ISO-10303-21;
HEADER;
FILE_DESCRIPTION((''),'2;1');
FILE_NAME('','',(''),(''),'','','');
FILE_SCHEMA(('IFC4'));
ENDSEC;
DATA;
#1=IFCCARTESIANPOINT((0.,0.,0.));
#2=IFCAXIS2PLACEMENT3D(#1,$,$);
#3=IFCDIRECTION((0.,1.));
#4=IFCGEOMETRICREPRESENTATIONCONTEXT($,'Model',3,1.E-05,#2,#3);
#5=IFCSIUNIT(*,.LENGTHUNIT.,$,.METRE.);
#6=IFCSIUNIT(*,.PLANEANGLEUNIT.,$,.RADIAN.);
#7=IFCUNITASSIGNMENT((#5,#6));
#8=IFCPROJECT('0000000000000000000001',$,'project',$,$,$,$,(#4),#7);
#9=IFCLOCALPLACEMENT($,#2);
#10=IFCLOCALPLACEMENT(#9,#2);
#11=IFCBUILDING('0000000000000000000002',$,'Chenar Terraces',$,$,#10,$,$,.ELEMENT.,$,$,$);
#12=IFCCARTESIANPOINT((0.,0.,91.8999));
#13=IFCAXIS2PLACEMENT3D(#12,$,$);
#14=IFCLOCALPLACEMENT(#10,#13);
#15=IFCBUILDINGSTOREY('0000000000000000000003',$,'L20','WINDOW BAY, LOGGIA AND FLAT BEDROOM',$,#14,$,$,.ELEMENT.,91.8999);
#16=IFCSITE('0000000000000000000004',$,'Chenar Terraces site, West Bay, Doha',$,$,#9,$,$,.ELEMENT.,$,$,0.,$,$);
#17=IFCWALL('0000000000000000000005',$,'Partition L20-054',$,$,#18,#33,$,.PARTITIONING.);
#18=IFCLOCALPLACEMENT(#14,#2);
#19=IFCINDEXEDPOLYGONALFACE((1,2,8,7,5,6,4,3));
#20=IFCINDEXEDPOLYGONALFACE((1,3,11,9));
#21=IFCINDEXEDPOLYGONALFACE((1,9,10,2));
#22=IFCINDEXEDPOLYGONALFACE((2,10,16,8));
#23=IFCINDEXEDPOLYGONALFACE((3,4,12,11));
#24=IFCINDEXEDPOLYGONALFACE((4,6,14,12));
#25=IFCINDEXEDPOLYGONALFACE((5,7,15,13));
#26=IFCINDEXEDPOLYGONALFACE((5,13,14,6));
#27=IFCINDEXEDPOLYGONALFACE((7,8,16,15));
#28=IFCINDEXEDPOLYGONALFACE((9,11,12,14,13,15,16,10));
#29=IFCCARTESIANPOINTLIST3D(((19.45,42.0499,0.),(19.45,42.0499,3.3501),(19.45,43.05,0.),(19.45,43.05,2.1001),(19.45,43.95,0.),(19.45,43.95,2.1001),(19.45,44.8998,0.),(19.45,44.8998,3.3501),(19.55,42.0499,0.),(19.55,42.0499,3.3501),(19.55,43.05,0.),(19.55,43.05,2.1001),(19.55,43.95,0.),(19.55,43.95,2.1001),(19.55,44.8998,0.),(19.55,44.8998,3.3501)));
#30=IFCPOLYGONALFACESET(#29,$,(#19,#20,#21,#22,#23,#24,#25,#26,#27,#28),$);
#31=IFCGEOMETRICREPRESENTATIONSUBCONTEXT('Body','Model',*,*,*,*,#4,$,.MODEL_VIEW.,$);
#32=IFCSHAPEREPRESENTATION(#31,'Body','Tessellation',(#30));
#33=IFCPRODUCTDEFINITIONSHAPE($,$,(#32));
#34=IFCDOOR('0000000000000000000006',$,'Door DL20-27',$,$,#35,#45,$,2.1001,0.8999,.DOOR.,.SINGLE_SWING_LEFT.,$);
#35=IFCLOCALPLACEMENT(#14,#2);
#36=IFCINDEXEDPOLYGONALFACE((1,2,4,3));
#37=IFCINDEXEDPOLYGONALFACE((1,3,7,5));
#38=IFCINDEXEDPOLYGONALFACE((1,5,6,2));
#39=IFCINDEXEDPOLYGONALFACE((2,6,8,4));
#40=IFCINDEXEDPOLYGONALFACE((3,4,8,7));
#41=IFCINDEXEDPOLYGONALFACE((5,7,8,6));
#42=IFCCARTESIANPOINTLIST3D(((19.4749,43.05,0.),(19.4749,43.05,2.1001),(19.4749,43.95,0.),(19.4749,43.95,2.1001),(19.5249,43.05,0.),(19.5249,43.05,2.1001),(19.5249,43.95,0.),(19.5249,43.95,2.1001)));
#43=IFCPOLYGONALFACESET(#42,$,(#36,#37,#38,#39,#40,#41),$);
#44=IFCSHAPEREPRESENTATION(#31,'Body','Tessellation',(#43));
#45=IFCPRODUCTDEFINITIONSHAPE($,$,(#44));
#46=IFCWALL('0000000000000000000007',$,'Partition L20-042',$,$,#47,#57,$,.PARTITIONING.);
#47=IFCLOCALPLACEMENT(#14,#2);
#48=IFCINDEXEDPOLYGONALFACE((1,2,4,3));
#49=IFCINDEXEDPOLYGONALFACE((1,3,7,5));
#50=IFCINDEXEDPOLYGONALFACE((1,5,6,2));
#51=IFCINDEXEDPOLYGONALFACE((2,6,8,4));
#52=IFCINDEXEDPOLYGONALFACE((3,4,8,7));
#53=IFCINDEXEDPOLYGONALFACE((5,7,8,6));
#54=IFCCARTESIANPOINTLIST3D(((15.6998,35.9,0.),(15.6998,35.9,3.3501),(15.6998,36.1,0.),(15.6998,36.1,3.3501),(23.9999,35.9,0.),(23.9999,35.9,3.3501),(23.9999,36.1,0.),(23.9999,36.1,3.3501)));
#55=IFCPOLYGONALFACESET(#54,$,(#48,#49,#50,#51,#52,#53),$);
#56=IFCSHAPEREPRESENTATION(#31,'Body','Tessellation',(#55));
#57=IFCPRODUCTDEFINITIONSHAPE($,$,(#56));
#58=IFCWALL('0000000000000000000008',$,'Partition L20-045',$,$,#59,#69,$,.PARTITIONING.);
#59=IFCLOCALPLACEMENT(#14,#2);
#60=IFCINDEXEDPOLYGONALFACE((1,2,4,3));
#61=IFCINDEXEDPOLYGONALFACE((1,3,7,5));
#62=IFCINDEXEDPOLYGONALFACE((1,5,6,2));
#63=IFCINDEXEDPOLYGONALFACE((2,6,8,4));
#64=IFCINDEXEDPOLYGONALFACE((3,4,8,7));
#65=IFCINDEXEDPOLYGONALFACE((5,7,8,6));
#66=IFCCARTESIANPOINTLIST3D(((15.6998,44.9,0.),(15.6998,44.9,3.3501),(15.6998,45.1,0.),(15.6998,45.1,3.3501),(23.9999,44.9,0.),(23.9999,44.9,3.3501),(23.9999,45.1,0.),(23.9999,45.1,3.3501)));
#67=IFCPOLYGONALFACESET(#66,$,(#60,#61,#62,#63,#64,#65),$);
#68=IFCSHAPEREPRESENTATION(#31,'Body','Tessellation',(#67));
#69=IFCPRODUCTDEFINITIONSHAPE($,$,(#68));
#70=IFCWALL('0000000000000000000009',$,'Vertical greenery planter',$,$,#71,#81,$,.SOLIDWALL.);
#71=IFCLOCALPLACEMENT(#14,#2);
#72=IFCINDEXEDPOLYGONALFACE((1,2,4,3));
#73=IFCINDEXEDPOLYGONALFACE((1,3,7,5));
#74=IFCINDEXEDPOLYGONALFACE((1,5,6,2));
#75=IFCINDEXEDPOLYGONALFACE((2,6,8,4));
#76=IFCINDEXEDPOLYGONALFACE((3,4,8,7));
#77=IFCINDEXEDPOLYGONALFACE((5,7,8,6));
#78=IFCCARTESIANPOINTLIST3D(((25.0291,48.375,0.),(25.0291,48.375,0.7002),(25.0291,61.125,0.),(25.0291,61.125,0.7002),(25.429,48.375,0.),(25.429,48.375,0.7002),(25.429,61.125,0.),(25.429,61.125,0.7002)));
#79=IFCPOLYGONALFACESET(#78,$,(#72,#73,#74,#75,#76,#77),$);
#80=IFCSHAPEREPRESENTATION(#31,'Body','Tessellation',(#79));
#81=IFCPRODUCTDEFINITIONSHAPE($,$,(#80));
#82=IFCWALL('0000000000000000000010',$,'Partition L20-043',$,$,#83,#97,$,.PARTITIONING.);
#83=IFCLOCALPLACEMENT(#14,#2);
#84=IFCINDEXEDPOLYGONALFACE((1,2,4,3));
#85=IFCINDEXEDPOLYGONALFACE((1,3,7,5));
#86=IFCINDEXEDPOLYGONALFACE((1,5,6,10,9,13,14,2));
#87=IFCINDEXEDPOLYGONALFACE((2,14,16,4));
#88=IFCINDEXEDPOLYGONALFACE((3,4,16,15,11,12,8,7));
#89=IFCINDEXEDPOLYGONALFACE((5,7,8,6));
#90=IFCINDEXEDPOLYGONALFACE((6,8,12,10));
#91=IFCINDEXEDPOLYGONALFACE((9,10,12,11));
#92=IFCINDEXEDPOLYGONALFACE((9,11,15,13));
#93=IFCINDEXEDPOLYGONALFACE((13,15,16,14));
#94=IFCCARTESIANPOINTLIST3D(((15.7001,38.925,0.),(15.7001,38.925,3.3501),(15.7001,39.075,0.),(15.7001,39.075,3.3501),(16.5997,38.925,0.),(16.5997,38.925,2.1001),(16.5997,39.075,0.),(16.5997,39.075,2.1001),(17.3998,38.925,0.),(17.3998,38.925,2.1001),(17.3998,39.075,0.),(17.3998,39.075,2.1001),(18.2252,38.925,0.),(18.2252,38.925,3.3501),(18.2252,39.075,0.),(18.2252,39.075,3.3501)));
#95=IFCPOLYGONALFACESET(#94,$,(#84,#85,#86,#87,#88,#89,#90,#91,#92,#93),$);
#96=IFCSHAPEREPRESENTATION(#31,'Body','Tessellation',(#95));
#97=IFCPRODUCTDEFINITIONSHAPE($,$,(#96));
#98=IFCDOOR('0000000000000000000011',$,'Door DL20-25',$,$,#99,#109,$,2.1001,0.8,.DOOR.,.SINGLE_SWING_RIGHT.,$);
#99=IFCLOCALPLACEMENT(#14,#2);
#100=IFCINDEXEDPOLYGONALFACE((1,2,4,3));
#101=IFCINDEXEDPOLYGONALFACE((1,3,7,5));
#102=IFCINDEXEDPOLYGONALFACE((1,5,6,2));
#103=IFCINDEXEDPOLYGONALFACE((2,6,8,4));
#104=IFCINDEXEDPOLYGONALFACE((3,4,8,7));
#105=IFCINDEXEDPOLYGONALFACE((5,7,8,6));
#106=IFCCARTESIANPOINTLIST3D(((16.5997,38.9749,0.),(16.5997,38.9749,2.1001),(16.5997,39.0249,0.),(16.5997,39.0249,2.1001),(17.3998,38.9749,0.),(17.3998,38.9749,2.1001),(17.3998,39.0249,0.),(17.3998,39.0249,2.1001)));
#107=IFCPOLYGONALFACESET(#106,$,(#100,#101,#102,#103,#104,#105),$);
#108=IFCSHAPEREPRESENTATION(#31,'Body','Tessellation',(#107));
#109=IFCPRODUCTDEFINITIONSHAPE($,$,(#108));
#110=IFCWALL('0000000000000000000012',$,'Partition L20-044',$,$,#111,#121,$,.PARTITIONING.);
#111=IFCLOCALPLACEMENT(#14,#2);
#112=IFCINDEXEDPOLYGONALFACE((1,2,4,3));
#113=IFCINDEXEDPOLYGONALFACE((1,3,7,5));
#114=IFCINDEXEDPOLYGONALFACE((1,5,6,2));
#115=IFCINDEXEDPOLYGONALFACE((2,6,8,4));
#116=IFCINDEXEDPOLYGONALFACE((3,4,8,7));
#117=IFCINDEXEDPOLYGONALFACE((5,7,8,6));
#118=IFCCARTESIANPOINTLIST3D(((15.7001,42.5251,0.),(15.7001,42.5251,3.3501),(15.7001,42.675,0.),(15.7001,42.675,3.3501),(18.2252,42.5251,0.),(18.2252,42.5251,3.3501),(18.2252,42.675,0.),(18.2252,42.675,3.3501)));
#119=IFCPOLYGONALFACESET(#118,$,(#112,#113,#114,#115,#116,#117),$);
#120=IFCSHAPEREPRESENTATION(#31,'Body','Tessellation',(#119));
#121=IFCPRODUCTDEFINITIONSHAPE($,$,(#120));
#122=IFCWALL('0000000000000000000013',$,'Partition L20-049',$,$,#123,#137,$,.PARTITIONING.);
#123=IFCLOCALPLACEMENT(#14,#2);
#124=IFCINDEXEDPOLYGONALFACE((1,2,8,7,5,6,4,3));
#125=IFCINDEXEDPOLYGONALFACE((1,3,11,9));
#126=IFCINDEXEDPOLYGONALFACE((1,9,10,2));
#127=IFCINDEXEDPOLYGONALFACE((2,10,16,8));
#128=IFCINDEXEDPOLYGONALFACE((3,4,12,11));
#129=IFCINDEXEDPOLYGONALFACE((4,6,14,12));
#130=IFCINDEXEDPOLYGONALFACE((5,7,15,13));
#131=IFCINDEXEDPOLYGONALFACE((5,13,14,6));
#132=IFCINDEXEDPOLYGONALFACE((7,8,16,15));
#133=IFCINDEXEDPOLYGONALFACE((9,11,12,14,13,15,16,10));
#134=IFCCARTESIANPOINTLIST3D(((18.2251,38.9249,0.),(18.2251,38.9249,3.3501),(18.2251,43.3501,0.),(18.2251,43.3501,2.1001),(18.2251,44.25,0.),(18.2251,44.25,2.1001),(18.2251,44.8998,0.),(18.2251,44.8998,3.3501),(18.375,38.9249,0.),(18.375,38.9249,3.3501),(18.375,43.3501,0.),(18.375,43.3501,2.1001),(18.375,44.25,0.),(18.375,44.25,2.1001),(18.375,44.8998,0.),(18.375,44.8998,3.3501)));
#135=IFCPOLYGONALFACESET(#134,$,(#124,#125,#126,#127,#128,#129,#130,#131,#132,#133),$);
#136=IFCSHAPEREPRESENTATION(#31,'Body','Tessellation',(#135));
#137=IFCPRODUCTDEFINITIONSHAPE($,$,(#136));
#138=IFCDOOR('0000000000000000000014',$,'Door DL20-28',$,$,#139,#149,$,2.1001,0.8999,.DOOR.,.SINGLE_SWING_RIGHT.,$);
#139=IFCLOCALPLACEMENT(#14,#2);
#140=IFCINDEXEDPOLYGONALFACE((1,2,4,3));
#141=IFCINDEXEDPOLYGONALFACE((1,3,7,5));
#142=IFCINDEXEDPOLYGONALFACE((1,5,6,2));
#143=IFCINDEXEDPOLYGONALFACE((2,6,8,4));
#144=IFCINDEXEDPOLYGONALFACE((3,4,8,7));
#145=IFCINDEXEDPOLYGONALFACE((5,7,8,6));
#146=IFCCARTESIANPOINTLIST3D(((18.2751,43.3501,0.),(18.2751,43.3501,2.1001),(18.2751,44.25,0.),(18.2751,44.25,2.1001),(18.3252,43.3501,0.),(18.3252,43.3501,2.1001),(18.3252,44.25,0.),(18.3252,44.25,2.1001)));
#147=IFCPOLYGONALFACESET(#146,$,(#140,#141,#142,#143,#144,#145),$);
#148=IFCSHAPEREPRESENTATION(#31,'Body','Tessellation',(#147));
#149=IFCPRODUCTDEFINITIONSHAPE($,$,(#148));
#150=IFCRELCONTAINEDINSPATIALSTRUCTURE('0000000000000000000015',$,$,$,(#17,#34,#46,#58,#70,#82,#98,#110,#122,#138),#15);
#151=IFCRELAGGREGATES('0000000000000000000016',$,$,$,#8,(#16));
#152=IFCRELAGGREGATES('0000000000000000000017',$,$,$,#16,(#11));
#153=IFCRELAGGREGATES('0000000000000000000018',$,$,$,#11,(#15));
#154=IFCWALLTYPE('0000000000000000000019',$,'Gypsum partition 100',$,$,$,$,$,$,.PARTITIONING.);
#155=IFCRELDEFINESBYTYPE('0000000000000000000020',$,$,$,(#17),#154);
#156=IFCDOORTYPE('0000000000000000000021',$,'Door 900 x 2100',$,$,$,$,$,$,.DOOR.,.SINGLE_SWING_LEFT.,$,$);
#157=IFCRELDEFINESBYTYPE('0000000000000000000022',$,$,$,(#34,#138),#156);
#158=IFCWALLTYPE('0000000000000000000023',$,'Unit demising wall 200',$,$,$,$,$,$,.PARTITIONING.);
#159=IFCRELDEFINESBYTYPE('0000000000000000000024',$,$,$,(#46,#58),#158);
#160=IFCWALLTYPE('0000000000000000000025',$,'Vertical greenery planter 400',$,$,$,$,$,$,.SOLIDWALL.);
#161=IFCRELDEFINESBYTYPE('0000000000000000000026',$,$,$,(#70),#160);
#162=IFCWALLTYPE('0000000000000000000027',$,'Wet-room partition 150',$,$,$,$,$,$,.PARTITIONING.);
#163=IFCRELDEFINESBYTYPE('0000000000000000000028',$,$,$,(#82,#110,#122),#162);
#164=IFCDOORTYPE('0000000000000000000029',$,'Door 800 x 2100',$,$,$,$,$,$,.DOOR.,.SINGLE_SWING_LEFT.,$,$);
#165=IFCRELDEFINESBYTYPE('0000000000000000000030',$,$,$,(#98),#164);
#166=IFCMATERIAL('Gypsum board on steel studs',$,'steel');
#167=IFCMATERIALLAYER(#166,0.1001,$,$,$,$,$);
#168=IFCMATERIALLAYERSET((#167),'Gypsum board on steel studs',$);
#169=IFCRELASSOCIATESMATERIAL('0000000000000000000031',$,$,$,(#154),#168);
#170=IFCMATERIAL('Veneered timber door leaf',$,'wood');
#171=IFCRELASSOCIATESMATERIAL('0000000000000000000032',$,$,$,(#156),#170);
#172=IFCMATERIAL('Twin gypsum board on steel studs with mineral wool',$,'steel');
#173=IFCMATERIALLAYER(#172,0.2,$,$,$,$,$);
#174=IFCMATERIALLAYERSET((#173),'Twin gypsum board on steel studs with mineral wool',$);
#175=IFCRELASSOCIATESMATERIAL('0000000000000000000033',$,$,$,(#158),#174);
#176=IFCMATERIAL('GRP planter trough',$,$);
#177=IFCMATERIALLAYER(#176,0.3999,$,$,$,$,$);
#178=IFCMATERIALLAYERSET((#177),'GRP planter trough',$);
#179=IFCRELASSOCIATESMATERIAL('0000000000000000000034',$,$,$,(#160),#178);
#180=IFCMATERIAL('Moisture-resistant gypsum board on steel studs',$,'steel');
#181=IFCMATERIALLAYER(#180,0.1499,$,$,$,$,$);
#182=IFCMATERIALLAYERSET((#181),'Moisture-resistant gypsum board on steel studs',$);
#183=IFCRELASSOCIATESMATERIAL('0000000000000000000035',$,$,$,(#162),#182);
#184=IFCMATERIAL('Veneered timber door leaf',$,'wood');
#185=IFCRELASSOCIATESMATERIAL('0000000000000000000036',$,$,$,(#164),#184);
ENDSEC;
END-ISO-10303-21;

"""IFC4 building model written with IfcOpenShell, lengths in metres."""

from ifc_helpers import new_model, si_unit, direction, frame, frame_2d, origin, place, context, subcontext, project, spatial, rectangle, extrude, material, layer, layer_set, type_object, element, fill, save


model = new_model("IFC4")

# Units and contexts
model_context = context("Model", 3, precision=1e-05, world=origin(), true_north=direction((0.0, 1.0)))
body_context = subcontext(model_context, "Body", "Model", "MODEL_VIEW")
ifc_project = project(units=[si_unit("LENGTHUNIT", "METRE"), si_unit("PLANEANGLEUNIT", "RADIAN")], contexts=[model_context])

# Site, building, storey
site_placement = place(None, origin())
site = spatial("IfcSite", under=ifc_project, at=site_placement, Name="Chenar Terraces site, West Bay, Doha", CompositionType="ELEMENT", RefElevation=0.0)
building_placement = place(site_placement, origin())
building = spatial("IfcBuilding", under=site, at=building_placement, Name="Chenar Terraces", CompositionType="ELEMENT")
storey_placement = place(building_placement, frame((0.0, 0.0, 91.8999)))
storey = spatial("IfcBuildingStorey", under=building, at=storey_placement, Name="L20", Description="WINDOW BAY, LOGGIA AND FLAT BEDROOM", CompositionType="ELEMENT", Elevation=91.8999)

# Shared definitions
ifc_material_1 = material(Name="Gypsum board on steel studs", Category="steel")
ifc_layer_1 = layer(ifc_material_1, 0.1001)
ifc_layer_set_1 = layer_set([ifc_layer_1], Name="Gypsum board on steel studs")
wall_type_1 = type_object("IfcWallType", Name="Gypsum partition 100", PredefinedType="PARTITIONING", material=ifc_layer_set_1)

# Wall, opening, door
ifc_material_2 = material(Name="Veneered timber door leaf", Category="wood")
door_type_1 = type_object("IfcDoorType", Name="Door 900 x 2100", OperationType="SINGLE_SWING_LEFT", PredefinedType="DOOR", material=ifc_material_2)
wall_1_placement = place(storey_placement, frame((19.5, 42.05, 0.0), z_axis=(0.0, 0.0, 1.0), x_axis=(0.0, 1.0, 0.0)))
wall_1 = element("IfcWall", 1, at=wall_1_placement, inside=storey, type_object=wall_type_1, Name="Partition L20-054", PredefinedType="PARTITIONING", context=body_context, shape_type="SweptSolid", body=[
    extrude(rectangle(XDim=2.8499, YDim=0.1001, at=frame_2d((1.4248, 0.0))), origin(), (0.0, 0.0, 1.0), 3.3501),
])
opening_1_placement = place(wall_1_placement, frame((1.0, 0.0, 0.0)))
opening_1 = element("IfcOpeningElement", 2, at=opening_1_placement, cuts=wall_1, PredefinedType="OPENING", context=body_context, shape_type="SweptSolid", body=[
    extrude(rectangle(XDim=0.8999, YDim=2.1001, at=frame_2d((0.45, 1.05))), frame((0.0, 0.0601, 0.0), z_axis=(0.0, -1.0, 0.0), x_axis=(1.0, 0.0, 0.0)), (0.0, 0.0, 1.0), 0.1201),
])
door_1_placement = place(opening_1_placement, frame((0.8999, 0.0, 0.0), z_axis=(0.0, 0.0, 1.0), x_axis=(-1.0, 0.0, 0.0)))
door_1 = element("IfcDoor", 3, at=door_1_placement, inside=storey, type_object=door_type_1, Name="Door DL20-27", OperationType="SINGLE_SWING_LEFT", OverallHeight=2.1001, OverallWidth=0.8999, PredefinedType="DOOR", context=body_context, shape_type="SweptSolid", body=[
    extrude(rectangle(XDim=0.8999, YDim=2.1001, at=frame_2d((0.45, 1.05))), frame((0.0, 0.0249, 0.0), z_axis=(0.0, -1.0, 0.0), x_axis=(1.0, 0.0, 0.0)), (0.0, 0.0, 1.0), 0.05),
])
fill(opening_1, door_1)

# Walls
ifc_material_3 = material(Name="Twin gypsum board on steel studs with mineral wool", Category="steel")
ifc_layer_2 = layer(ifc_material_3, 0.2)
ifc_layer_set_2 = layer_set([ifc_layer_2], Name="Twin gypsum board on steel studs with mineral wool")
wall_type_2 = type_object("IfcWallType", Name="Unit demising wall 200", PredefinedType="PARTITIONING", material=ifc_layer_set_2)
for number, where, z_axis, x_axis, name in (
    (4, (15.7, 36.0, 0.0), (0.0, 0.0, 1.0), (1.0, 0.0, 0.0), "Partition L20-042"),
    (5, (15.7, 45.0, 0.0), (0.0, 0.0, 1.0), (1.0, 0.0, 0.0), "Partition L20-045"),
):
    element("IfcWall", number, at=place(storey_placement, frame(where, z_axis=z_axis, x_axis=x_axis)), inside=storey, type_object=wall_type_2, Name=name, PredefinedType="PARTITIONING", context=body_context, shape_type="SweptSolid", body=[
        extrude(rectangle(XDim=8.3, YDim=0.2, at=frame_2d((4.1499, 0.0))), origin(), (0.0, 0.0, 1.0), 3.3501),
    ])
ifc_material_4 = material(Name="GRP planter trough")
ifc_layer_3 = layer(ifc_material_4, 0.3999)
ifc_layer_set_3 = layer_set([ifc_layer_3], Name="GRP planter trough")
wall_type_3 = type_object("IfcWallType", Name="Vertical greenery planter 400", PredefinedType="SOLIDWALL", material=ifc_layer_set_3)
wall_2_placement = place(storey_placement, frame((25.229, 48.375, 0.0), z_axis=(0.0, 0.0, 1.0), x_axis=(0.0, 1.0, 0.0)))
element("IfcWall", 6, at=wall_2_placement, inside=storey, type_object=wall_type_3, Name="Vertical greenery planter", PredefinedType="SOLIDWALL", context=body_context, shape_type="SweptSolid", body=[
    extrude(rectangle(XDim=12.75, YDim=0.3999, at=frame_2d((6.375, 0.0))), origin(), (0.0, 0.0, 1.0), 0.7002),
])

# Wall, opening, door
ifc_material_5 = material(Name="Moisture-resistant gypsum board on steel studs", Category="steel")
ifc_layer_4 = layer(ifc_material_5, 0.1499)
ifc_layer_set_4 = layer_set([ifc_layer_4], Name="Moisture-resistant gypsum board on steel studs")
wall_type_4 = type_object("IfcWallType", Name="Wet-room partition 150", PredefinedType="PARTITIONING", material=ifc_layer_set_4)
wall_3_placement = place(storey_placement, frame((15.7, 39.0, 0.0), z_axis=(0.0, 0.0, 1.0), x_axis=(1.0, 0.0, 0.0)))
wall_3 = element("IfcWall", 7, at=wall_3_placement, inside=storey, type_object=wall_type_4, Name="Partition L20-043", PredefinedType="PARTITIONING", context=body_context, shape_type="SweptSolid", body=[
    extrude(rectangle(XDim=2.5251, YDim=0.1499, at=frame_2d((1.2627, 0.0))), origin(), (0.0, 0.0, 1.0), 3.3501),
])
opening_2_placement = place(wall_3_placement, frame((0.8999, 0.0, 0.0)))
opening_2 = element("IfcOpeningElement", 8, at=opening_2_placement, cuts=wall_3, PredefinedType="OPENING", context=body_context, shape_type="SweptSolid", body=[
    extrude(rectangle(XDim=0.8, YDim=2.1001, at=frame_2d((0.3999, 1.05))), frame((0.0, 0.085, 0.0), z_axis=(0.0, -1.0, 0.0), x_axis=(1.0, 0.0, 0.0)), (0.0, 0.0, 1.0), 0.1699),
])
ifc_material_6 = material(Name="Veneered timber door leaf", Category="wood")
door_type_2 = type_object("IfcDoorType", Name="Door 800 x 2100", OperationType="SINGLE_SWING_LEFT", PredefinedType="DOOR", material=ifc_material_6)
door_2_placement = place(opening_2_placement, origin())
door_2 = element("IfcDoor", 9, at=door_2_placement, inside=storey, type_object=door_type_2, Name="Door DL20-25", OperationType="SINGLE_SWING_RIGHT", OverallHeight=2.1001, OverallWidth=0.8, PredefinedType="DOOR", context=body_context, shape_type="SweptSolid", body=[
    extrude(rectangle(XDim=0.8, YDim=2.1001, at=frame_2d((0.3999, 1.05))), frame((0.0, 0.0249, 0.0), z_axis=(0.0, -1.0, 0.0), x_axis=(1.0, 0.0, 0.0)), (0.0, 0.0, 1.0), 0.05),
])
fill(opening_2, door_2)

# Wall
wall_4_placement = place(storey_placement, frame((15.7, 42.6001, 0.0), z_axis=(0.0, 0.0, 1.0), x_axis=(1.0, 0.0, 0.0)))
element("IfcWall", 10, at=wall_4_placement, inside=storey, type_object=wall_type_4, Name="Partition L20-044", PredefinedType="PARTITIONING", context=body_context, shape_type="SweptSolid", body=[
    extrude(rectangle(XDim=2.5251, YDim=0.1499, at=frame_2d((1.2627, 0.0))), origin(), (0.0, 0.0, 1.0), 3.3501),
])

# Wall, opening, door
wall_5_placement = place(storey_placement, frame((18.3, 38.925, 0.0), z_axis=(0.0, 0.0, 1.0), x_axis=(0.0, 1.0, 0.0)))
wall_5 = element("IfcWall", 11, at=wall_5_placement, inside=storey, type_object=wall_type_4, Name="Partition L20-049", PredefinedType="PARTITIONING", context=body_context, shape_type="SweptSolid", body=[
    extrude(rectangle(XDim=5.9749, YDim=0.1499, at=frame_2d((2.9873, 0.0))), origin(), (0.0, 0.0, 1.0), 3.3501),
])
opening_3_placement = place(wall_5_placement, frame((4.425, 0.0, 0.0)))
opening_3 = element("IfcOpeningElement", 12, at=opening_3_placement, cuts=wall_5, PredefinedType="OPENING", context=body_context, shape_type="SweptSolid", body=[
    extrude(rectangle(XDim=0.8999, YDim=2.1001, at=frame_2d((0.45, 1.05))), frame((0.0, 0.085, 0.0), z_axis=(0.0, -1.0, 0.0), x_axis=(1.0, 0.0, 0.0)), (0.0, 0.0, 1.0), 0.1699),
])
door_3_placement = place(opening_3_placement, origin())
door_3 = element("IfcDoor", 13, at=door_3_placement, inside=storey, type_object=door_type_1, Name="Door DL20-28", OperationType="SINGLE_SWING_RIGHT", OverallHeight=2.1001, OverallWidth=0.8999, PredefinedType="DOOR", context=body_context, shape_type="SweptSolid", body=[
    extrude(rectangle(XDim=0.8999, YDim=2.1001, at=frame_2d((0.45, 1.05))), frame((0.0, 0.0249, 0.0), z_axis=(0.0, -1.0, 0.0), x_axis=(1.0, 0.0, 0.0)), (0.0, 0.0, 1.0), 0.05),
])
fill(opening_3, door_3)

save(model, "model.ifc")
